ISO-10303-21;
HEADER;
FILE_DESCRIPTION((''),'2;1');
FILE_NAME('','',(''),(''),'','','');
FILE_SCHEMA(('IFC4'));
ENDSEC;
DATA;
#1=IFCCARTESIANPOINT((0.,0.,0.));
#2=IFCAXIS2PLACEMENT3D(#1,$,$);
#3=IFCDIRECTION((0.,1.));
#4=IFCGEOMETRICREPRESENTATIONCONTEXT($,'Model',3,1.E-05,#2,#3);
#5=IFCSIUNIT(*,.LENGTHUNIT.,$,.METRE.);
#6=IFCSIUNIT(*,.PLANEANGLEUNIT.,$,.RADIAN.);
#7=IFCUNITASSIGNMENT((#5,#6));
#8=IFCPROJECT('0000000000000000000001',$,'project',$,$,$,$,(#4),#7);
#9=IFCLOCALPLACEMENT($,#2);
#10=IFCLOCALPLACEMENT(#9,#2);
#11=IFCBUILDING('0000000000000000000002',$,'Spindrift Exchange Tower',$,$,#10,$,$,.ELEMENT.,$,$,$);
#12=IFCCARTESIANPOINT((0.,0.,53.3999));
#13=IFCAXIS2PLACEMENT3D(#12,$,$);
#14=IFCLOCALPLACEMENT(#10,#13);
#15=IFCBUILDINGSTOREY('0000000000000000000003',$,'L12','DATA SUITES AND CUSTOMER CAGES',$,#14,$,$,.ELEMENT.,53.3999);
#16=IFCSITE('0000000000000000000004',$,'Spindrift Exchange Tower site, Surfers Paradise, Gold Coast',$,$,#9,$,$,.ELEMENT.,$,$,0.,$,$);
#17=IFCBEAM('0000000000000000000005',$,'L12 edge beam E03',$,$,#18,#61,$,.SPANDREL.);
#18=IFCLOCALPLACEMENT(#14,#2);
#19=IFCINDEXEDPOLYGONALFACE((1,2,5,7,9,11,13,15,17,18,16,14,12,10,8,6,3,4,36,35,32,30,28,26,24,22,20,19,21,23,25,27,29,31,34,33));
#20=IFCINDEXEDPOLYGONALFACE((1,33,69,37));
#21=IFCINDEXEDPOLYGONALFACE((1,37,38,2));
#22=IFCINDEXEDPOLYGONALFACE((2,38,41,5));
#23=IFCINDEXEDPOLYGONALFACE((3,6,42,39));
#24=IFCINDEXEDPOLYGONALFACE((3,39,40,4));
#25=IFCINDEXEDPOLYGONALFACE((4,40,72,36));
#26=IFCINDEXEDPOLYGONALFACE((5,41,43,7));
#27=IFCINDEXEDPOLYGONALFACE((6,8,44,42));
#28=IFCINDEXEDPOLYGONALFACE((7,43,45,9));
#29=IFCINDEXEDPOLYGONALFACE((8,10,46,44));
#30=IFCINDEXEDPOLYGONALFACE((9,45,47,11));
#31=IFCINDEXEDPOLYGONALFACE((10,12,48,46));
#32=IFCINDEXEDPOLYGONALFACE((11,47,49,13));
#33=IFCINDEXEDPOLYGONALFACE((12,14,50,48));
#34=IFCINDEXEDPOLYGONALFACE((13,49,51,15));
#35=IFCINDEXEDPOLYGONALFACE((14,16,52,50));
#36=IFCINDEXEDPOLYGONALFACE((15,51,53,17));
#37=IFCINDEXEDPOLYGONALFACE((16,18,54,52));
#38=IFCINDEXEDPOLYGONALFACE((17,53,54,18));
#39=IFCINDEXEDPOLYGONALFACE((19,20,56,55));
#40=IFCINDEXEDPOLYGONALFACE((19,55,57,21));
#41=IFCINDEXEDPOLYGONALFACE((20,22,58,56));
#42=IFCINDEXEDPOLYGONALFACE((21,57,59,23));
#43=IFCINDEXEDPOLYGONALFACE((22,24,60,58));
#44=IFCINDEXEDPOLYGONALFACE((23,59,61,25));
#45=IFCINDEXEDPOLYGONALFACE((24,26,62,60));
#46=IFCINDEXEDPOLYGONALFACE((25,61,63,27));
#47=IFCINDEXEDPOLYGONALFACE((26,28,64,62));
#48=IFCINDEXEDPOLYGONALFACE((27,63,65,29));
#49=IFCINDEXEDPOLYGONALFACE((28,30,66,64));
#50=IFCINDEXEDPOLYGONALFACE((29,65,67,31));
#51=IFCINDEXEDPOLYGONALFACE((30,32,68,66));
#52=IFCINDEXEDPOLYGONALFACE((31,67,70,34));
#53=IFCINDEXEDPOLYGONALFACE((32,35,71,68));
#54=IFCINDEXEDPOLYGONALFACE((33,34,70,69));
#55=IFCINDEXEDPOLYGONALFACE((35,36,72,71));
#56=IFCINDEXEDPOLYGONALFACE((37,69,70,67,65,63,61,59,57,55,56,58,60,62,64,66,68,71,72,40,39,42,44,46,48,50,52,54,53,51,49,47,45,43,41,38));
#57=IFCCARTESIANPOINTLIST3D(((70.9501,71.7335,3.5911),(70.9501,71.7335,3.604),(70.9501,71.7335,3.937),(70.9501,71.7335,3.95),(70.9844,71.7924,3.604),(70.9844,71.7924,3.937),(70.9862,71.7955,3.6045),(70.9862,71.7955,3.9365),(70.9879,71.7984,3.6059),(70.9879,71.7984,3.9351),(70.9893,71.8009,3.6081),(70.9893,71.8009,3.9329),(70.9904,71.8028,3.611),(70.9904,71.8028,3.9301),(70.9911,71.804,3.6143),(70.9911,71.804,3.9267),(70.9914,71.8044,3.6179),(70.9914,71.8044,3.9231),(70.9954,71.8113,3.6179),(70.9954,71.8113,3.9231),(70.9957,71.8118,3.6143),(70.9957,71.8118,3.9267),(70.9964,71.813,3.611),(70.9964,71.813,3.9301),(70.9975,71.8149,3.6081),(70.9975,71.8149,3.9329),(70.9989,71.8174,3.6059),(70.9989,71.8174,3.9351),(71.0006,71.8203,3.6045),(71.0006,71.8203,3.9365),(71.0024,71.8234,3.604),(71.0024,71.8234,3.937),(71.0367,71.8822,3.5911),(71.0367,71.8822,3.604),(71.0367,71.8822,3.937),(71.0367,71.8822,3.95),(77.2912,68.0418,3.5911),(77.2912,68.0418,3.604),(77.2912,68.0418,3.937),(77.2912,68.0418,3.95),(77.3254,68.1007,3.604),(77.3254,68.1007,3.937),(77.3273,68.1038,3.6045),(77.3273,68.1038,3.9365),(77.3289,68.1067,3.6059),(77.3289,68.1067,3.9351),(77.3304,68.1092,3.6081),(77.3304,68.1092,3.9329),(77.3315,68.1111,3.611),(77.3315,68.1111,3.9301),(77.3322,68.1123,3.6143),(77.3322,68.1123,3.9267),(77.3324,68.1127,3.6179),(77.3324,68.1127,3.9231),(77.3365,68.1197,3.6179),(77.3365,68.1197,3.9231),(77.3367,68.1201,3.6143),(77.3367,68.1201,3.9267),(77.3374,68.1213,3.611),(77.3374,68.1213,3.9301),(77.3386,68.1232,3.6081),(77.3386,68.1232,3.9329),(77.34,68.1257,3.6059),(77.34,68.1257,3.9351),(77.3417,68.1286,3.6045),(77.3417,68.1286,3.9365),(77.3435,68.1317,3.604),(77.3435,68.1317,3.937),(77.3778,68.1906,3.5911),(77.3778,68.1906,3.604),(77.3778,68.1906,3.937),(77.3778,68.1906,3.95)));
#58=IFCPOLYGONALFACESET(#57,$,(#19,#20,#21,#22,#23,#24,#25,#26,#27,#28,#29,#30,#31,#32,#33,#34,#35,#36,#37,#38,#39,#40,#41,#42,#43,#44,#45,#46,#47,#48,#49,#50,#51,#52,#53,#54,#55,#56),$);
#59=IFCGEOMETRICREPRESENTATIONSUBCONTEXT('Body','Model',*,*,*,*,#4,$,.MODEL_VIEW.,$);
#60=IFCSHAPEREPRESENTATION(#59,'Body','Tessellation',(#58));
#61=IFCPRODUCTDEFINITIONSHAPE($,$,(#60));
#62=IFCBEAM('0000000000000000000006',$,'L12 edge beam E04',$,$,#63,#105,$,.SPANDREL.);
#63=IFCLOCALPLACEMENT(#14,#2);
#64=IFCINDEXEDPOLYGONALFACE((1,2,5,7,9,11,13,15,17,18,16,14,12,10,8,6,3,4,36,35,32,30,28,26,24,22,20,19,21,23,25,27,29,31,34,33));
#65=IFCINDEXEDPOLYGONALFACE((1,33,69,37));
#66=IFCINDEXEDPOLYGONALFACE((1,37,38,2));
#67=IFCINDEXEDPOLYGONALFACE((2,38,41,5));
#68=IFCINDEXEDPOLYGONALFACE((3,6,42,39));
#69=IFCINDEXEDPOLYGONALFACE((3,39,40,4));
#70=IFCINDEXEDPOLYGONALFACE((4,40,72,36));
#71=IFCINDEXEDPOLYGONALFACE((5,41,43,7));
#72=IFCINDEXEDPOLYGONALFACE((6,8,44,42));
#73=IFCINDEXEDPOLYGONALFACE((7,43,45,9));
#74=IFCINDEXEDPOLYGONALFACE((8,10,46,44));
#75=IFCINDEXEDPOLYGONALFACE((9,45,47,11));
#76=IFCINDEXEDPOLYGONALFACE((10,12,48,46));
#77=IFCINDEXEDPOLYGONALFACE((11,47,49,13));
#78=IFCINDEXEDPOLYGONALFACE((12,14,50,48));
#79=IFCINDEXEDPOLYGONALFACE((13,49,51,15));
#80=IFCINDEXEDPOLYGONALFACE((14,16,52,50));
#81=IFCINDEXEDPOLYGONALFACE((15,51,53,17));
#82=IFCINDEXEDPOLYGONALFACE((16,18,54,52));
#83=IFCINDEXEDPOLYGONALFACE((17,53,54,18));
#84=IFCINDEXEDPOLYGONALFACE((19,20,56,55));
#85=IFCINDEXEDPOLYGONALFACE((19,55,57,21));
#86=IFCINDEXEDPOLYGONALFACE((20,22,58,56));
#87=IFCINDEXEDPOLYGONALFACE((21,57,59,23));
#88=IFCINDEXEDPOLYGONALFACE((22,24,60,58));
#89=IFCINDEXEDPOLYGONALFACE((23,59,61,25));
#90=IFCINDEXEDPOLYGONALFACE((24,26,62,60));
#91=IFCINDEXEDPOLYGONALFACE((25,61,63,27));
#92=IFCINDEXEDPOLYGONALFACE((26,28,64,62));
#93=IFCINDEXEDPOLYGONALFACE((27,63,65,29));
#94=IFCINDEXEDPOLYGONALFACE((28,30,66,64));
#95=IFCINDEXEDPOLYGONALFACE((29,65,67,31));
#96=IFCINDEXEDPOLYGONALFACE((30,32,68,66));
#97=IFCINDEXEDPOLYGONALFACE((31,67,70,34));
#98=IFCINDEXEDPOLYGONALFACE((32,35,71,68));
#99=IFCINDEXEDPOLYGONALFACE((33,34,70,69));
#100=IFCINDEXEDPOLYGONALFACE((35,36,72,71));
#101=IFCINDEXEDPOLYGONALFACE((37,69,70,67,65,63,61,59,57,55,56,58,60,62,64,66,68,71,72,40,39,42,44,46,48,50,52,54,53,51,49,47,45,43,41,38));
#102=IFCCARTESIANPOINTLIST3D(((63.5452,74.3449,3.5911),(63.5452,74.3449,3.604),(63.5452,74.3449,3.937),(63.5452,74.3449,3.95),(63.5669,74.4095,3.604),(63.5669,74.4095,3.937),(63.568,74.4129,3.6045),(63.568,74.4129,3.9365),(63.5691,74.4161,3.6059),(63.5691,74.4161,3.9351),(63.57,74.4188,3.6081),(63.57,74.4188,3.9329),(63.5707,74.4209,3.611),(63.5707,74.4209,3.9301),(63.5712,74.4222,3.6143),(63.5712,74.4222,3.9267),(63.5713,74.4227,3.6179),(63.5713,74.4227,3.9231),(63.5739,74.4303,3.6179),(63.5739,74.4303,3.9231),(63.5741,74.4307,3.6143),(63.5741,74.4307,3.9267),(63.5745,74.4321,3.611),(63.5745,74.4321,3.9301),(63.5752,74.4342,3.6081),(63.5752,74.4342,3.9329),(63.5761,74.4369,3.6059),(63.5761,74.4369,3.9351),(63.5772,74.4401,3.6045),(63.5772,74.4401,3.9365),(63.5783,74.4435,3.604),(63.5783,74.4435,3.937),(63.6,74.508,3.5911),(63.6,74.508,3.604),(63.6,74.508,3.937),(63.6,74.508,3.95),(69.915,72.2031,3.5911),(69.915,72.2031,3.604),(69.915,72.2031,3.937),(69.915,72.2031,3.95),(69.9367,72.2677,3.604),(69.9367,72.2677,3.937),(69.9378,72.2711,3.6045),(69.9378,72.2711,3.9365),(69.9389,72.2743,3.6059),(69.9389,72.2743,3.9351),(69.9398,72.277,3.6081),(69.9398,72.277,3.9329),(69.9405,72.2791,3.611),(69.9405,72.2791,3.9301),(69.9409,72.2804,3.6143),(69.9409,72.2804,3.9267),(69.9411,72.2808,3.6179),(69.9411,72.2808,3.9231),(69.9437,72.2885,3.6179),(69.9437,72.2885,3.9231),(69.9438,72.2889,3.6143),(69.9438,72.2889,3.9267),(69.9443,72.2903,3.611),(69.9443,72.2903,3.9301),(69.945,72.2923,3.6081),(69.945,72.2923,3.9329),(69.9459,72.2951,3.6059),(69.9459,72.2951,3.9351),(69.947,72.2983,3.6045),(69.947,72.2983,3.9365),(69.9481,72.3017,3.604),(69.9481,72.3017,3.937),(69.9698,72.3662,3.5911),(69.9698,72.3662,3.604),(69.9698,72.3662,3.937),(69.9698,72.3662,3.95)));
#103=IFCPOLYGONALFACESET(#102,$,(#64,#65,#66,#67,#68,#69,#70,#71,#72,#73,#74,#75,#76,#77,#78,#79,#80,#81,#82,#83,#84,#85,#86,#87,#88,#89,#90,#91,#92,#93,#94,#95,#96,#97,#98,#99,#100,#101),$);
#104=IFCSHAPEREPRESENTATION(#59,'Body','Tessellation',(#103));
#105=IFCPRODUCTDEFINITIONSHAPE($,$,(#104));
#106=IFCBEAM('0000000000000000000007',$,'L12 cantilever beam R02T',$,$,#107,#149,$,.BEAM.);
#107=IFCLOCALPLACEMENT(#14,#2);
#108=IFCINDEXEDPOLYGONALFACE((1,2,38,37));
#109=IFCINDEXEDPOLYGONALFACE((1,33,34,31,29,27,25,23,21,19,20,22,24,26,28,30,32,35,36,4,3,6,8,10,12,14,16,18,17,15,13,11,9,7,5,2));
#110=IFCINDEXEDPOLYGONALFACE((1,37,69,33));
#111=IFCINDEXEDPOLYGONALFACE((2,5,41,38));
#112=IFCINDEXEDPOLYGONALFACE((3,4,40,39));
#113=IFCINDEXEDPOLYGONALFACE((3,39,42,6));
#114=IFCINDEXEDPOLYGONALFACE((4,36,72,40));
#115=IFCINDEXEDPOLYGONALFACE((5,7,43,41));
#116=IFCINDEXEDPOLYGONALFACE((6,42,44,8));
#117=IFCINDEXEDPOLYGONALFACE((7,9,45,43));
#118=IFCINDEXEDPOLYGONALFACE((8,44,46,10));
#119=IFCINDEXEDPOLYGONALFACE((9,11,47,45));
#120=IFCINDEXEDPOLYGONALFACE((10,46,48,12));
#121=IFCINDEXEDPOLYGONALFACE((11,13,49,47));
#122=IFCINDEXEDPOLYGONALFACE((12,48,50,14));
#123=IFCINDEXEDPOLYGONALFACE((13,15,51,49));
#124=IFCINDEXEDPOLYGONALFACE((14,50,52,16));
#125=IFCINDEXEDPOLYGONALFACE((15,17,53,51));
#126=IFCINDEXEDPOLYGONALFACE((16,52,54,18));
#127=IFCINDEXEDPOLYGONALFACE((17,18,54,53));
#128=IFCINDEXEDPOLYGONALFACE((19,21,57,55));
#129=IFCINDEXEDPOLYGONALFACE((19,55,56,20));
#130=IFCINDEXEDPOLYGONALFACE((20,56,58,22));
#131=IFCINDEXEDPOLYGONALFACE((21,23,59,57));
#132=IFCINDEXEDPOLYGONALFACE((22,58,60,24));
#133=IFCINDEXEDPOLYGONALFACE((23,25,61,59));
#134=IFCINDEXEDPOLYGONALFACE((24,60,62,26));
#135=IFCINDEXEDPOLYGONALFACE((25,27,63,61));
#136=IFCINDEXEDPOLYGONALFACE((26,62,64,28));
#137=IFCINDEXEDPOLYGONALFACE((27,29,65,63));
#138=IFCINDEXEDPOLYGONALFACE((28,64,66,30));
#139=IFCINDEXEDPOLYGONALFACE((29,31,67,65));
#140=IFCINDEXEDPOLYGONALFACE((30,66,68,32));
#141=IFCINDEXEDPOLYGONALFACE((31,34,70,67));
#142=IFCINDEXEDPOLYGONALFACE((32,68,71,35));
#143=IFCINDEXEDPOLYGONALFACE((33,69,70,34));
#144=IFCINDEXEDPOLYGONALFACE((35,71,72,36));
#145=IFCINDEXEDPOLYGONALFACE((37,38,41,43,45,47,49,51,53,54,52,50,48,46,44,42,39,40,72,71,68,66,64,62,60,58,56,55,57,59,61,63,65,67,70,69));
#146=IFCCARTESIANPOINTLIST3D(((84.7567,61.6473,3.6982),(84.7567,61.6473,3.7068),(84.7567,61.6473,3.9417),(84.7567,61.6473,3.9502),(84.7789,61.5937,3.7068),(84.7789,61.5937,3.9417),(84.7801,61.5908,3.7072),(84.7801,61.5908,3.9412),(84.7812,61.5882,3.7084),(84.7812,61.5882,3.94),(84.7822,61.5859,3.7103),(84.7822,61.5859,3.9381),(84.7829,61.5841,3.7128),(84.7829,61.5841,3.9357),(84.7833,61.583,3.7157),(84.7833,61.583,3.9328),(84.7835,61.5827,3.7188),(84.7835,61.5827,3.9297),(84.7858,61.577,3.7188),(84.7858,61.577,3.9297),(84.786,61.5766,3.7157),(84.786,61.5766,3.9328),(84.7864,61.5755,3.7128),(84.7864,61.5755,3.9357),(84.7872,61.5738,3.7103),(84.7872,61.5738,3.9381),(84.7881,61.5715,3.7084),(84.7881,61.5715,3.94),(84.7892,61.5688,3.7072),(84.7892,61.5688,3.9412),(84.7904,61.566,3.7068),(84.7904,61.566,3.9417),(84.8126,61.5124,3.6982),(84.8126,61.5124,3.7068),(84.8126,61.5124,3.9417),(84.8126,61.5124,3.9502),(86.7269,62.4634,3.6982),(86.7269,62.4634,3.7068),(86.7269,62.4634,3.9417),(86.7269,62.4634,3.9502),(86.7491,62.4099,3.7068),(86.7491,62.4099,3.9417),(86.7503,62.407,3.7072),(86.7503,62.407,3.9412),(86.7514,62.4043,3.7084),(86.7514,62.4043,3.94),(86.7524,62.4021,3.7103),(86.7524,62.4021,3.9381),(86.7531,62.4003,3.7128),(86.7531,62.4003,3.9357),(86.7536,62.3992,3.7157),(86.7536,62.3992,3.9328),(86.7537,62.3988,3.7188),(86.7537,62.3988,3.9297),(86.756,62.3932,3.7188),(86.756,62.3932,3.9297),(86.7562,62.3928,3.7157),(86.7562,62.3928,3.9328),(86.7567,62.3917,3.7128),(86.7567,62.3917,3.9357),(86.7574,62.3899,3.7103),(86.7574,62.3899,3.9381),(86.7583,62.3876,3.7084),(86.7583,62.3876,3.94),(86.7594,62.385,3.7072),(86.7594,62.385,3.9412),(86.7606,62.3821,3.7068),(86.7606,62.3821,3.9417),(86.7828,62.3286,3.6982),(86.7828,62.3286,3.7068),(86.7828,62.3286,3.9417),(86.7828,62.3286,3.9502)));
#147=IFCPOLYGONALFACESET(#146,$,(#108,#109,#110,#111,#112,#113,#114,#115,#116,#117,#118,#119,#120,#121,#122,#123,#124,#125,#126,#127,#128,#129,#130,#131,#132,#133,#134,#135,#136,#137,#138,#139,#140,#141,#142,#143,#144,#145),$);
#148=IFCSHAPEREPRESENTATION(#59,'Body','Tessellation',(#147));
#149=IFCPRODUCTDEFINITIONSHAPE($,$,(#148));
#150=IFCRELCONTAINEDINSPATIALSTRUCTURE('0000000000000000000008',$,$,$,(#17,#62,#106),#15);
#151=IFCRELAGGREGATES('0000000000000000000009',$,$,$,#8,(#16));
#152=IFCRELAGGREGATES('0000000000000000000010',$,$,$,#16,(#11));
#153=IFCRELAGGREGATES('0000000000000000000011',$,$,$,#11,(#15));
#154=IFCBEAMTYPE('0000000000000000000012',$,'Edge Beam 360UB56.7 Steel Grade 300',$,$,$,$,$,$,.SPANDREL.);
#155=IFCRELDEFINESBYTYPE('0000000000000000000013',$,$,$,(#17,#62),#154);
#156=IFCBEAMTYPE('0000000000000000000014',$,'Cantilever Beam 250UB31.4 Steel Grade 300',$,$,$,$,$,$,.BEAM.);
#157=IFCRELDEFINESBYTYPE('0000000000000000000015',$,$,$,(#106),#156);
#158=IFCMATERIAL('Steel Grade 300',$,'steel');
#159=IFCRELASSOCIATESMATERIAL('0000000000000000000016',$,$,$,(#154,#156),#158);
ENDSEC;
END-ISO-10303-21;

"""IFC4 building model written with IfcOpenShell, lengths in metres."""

from ifc_helpers import new_model, si_unit, direction, frame, origin, origin_2d, place, context, subcontext, project, spatial, i_section, extrude, source, transform, mapped, material, material_profile, profile_set, type_object, element, save


model = new_model("IFC4")

# Units and contexts
model_context = context("Model", 3, precision=1e-05, world=origin(), true_north=direction((0.0, 1.0)))
body_context = subcontext(model_context, "Body", "Model", "MODEL_VIEW")
ifc_project = project(units=[si_unit("LENGTHUNIT", "METRE"), si_unit("PLANEANGLEUNIT", "RADIAN")], contexts=[model_context])

# Site, building, storey
site_placement = place(None, origin())
site = spatial("IfcSite", under=ifc_project, at=site_placement, Name="Spindrift Exchange Tower site, Surfers Paradise, Gold Coast", CompositionType="ELEMENT", RefElevation=0.0)
building_placement = place(site_placement, origin())
building = spatial("IfcBuilding", under=site, at=building_placement, Name="Spindrift Exchange Tower", CompositionType="ELEMENT")
storey_placement = place(building_placement, frame((0.0, 0.0, 53.3999)))
storey = spatial("IfcBuildingStorey", under=building, at=storey_placement, Name="L12", Description="DATA SUITES AND CUSTOMER CAGES", CompositionType="ELEMENT", Elevation=53.3999)

# Beams
ifc_material_1 = material(Name="Steel Grade 300", Category="steel")
ifc_material_profile_1 = material_profile(ifc_material_1, i_section(OverallWidth=0.1721, OverallDepth=0.3589, WebThickness=0.0081, FlangeThickness=0.0129, FilletRadius=0.0139, at=origin_2d()), Name="360UB56.7")
ifc_profile_set_1 = profile_set([ifc_material_profile_1], Name="Steel Grade 300")
beam_type_1 = type_object("IfcBeamType", Name="Edge Beam 360UB56.7 Steel Grade 300", PredefinedType="SPANDREL", material=ifc_profile_set_1)
shared_shape_1 = source(origin(), body_context, "Body", "SweptSolid", [
    extrude(i_section(OverallWidth=0.1721, OverallDepth=0.3589, WebThickness=0.0081, FlangeThickness=0.0129, FilletRadius=0.0139, at=origin_2d()), origin(), (0.0, 0.0, 1.0), 7.3374),
])
beam_1_placement = place(storey_placement, frame((77.3345, 68.1162, 3.7705), z_axis=(-0.864212, 0.503128, 0.0), x_axis=(-0.503128, -0.864212, 0.0)))
element("IfcBeam", 1, at=beam_1_placement, inside=storey, type_object=beam_type_1, Name="L12 edge beam E03", PredefinedType="SPANDREL", context=body_context, shape_type="MappedRepresentation", body=[
    mapped(shared_shape_1, transform((0.0, 0.0, 0.0), scale=1.0)),
])
shared_shape_2 = source(origin(), body_context, "Body", "SweptSolid", [
    extrude(i_section(OverallWidth=0.1721, OverallDepth=0.3589, WebThickness=0.0081, FlangeThickness=0.0129, FilletRadius=0.0139, at=origin_2d()), origin(), (0.0, 0.0, 1.0), 6.7202),
])
beam_2_placement = place(storey_placement, frame((69.9424, 72.2847, 3.7705), z_axis=(-0.947852, 0.318712, 0.0), x_axis=(-0.318712, -0.947852, 0.0)))
element("IfcBeam", 2, at=beam_2_placement, inside=storey, type_object=beam_type_1, Name="L12 edge beam E04", PredefinedType="SPANDREL", context=body_context, shape_type="MappedRepresentation", body=[
    mapped(shared_shape_2, transform((0.0, 0.0, 0.0), scale=1.0)),
])
ifc_material_profile_2 = material_profile(ifc_material_1, i_section(OverallWidth=0.146, OverallDepth=0.252, WebThickness=0.0061, FlangeThickness=0.0085, FilletRadius=0.012, at=origin_2d()), Name="250UB31.4")
ifc_profile_set_2 = profile_set([ifc_material_profile_2], Name="Steel Grade 300")
beam_type_2 = type_object("IfcBeamType", Name="Cantilever Beam 250UB31.4 Steel Grade 300", PredefinedType="BEAM", material=ifc_profile_set_2)
shared_shape_3 = source(origin(), body_context, "Body", "SweptSolid", [
    extrude(i_section(OverallWidth=0.146, OverallDepth=0.252, WebThickness=0.0061, FlangeThickness=0.0085, FilletRadius=0.012, at=origin_2d()), origin(), (0.0, 0.0, 1.0), 2.1326),
])
beam_3_placement = place(storey_placement, frame((84.7847, 61.5798, 3.8242), z_axis=(0.923868, 0.382712, 0.0), x_axis=(-0.382712, 0.923868, 0.0)))
element("IfcBeam", 3, at=beam_3_placement, inside=storey, type_object=beam_type_2, Name="L12 cantilever beam R02T", PredefinedType="BEAM", context=body_context, shape_type="MappedRepresentation", body=[
    mapped(shared_shape_3, transform((0.0, 0.0, 0.0), scale=1.0)),
])

save(model, "model.ifc")
